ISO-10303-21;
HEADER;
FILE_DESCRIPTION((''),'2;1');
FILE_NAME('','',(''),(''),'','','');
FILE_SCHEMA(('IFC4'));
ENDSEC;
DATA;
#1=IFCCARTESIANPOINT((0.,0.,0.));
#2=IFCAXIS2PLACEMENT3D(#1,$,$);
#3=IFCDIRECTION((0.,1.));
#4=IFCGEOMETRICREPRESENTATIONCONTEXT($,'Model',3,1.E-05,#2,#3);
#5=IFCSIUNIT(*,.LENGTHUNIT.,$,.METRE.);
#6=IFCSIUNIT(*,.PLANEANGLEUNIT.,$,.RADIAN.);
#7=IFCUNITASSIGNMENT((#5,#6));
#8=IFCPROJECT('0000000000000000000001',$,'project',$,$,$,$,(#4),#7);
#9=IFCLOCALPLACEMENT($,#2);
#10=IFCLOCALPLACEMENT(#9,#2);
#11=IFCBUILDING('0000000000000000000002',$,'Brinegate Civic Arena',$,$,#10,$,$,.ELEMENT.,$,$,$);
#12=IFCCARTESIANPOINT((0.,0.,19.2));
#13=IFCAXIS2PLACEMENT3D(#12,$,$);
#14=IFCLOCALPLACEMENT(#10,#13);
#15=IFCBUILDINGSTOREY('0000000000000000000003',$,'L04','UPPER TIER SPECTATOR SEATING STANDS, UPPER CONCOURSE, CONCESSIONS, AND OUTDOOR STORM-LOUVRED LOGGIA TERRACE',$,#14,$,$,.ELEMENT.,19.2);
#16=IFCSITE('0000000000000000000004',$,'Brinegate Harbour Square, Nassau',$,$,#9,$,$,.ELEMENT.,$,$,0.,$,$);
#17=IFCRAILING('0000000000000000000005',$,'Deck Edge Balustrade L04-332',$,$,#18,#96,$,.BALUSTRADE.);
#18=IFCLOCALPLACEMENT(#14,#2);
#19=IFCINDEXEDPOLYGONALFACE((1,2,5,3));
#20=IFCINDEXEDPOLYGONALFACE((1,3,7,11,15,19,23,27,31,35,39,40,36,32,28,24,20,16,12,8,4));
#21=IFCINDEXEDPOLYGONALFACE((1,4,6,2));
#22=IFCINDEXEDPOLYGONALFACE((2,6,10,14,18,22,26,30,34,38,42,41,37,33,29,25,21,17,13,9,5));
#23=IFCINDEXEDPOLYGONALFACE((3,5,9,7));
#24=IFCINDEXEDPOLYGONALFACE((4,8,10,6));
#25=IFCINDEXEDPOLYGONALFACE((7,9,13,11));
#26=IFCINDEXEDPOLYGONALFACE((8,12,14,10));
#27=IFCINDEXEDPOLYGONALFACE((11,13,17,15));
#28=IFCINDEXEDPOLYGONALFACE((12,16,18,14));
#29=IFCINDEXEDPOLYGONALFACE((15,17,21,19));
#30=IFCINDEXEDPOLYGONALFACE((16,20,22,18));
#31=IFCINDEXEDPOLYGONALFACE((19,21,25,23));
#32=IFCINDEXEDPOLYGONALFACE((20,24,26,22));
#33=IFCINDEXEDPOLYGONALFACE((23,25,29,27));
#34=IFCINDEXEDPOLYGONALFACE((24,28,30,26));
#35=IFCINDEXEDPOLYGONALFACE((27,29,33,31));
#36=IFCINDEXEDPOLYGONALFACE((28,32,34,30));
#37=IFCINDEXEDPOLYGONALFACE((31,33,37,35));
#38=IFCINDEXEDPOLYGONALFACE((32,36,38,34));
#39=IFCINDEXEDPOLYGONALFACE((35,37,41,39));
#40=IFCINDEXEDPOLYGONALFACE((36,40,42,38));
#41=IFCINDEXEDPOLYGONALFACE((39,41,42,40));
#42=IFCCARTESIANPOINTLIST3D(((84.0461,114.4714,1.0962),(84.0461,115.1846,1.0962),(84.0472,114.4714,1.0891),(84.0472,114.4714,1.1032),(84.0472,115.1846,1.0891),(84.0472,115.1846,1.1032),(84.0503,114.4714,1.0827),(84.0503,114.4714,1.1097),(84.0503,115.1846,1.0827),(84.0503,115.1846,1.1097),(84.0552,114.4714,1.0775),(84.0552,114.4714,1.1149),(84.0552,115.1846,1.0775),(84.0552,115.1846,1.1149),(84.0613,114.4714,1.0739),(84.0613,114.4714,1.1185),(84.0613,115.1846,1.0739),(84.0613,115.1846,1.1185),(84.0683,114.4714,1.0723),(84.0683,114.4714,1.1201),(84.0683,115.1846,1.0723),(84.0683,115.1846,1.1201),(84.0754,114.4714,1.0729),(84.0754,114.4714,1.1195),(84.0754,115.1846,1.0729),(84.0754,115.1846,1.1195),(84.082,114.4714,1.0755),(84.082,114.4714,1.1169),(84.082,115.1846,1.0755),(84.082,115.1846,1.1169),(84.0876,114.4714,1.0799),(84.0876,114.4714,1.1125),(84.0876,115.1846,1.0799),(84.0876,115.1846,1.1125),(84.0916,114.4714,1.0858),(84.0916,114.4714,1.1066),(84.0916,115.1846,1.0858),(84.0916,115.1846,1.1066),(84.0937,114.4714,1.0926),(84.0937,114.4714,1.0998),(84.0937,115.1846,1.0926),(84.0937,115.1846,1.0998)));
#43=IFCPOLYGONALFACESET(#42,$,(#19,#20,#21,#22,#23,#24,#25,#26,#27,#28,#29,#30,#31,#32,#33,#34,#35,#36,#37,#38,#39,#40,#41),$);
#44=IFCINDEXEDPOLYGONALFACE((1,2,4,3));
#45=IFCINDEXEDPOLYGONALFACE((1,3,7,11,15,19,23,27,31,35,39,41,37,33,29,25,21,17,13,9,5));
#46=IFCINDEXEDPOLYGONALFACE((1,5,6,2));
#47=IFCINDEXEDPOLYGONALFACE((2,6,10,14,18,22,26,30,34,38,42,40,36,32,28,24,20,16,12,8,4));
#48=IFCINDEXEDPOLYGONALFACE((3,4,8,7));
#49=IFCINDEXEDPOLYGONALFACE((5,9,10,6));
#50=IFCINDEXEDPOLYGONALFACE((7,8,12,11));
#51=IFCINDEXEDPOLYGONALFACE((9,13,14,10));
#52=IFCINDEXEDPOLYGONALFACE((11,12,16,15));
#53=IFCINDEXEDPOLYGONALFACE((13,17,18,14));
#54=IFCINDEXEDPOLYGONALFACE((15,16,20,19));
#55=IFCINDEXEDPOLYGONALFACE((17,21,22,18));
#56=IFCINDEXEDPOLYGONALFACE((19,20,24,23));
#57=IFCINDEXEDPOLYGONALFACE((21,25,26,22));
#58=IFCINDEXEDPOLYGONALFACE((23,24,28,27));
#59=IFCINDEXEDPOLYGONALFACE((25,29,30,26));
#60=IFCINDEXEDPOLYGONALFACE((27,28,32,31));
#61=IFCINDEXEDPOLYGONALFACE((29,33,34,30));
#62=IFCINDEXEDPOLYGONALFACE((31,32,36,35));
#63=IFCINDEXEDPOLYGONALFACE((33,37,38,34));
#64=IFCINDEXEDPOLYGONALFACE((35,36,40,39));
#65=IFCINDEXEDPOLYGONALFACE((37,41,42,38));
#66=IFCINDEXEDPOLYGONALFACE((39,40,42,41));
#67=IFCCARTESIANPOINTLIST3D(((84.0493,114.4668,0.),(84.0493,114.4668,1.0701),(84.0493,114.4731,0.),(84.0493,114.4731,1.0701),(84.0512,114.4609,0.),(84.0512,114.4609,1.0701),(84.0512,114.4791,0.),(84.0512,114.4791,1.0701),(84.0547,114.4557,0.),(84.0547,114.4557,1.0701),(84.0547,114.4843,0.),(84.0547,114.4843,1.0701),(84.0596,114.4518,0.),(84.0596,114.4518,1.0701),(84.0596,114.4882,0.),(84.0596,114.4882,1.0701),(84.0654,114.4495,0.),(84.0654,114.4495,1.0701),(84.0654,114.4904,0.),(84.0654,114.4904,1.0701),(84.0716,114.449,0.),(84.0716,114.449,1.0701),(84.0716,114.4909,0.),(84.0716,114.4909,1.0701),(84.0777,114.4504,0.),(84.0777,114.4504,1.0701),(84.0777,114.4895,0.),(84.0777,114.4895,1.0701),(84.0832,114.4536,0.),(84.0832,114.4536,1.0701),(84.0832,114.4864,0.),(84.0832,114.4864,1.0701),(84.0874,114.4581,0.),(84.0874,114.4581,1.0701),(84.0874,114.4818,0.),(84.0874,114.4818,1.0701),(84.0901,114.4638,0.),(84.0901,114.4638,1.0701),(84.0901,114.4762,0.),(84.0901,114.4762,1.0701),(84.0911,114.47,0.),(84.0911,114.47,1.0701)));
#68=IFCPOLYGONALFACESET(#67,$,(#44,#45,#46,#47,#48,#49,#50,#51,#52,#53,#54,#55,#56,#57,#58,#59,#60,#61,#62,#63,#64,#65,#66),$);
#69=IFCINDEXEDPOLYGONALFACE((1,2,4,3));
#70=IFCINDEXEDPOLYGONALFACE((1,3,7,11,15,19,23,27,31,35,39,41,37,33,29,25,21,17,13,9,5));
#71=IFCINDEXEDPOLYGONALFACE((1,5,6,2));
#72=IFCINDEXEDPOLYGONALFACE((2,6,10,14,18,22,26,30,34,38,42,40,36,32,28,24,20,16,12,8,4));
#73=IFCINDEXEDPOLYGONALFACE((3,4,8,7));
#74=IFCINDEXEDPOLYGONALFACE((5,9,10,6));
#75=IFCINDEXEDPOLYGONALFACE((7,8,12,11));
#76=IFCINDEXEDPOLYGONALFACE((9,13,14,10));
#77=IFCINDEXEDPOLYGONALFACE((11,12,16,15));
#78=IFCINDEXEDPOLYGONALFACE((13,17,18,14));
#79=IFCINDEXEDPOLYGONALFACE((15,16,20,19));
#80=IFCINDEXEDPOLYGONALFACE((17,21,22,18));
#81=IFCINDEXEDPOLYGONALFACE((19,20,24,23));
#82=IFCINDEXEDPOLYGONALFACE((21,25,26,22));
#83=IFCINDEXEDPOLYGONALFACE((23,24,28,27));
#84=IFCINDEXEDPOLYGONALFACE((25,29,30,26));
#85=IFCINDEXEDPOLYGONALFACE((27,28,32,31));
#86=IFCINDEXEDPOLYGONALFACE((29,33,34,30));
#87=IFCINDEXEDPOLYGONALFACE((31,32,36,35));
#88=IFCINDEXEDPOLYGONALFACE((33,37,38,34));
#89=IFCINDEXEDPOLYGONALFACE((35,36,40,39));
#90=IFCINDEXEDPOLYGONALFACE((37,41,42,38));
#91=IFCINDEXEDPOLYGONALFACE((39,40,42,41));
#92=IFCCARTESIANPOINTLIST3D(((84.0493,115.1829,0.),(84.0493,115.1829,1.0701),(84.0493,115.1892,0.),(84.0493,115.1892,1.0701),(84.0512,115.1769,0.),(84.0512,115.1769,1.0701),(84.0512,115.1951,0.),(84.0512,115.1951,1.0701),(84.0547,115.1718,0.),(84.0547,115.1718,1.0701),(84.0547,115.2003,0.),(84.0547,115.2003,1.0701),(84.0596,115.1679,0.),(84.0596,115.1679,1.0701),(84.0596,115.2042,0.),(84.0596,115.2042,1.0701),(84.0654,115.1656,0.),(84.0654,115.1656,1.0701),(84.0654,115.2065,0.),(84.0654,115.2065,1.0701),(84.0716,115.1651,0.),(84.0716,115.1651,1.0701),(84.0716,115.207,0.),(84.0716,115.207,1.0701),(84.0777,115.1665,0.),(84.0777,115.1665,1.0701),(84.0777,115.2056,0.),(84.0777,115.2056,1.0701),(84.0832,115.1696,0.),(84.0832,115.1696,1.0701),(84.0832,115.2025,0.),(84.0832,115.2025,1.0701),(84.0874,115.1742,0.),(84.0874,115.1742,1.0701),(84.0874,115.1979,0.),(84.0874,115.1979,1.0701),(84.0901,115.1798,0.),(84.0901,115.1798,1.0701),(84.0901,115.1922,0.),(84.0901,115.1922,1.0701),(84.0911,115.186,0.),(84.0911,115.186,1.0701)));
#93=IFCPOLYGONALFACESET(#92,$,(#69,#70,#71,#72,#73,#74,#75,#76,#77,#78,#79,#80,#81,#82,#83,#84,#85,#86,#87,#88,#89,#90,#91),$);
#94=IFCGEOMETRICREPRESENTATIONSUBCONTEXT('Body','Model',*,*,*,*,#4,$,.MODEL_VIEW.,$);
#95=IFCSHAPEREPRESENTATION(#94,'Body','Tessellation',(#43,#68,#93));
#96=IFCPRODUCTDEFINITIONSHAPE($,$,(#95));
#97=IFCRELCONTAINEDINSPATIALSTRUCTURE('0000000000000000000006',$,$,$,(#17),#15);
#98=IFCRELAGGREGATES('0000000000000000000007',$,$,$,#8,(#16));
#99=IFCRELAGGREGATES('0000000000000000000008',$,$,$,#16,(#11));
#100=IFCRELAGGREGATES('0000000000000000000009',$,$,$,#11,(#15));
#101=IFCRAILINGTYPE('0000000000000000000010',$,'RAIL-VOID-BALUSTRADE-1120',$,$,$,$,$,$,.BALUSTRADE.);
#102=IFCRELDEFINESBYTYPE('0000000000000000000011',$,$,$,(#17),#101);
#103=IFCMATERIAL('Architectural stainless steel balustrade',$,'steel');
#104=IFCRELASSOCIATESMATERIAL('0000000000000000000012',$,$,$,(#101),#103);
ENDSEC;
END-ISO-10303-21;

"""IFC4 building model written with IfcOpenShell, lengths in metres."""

from ifc_helpers import new_model, si_unit, direction, frame, origin, origin_2d, place, context, subcontext, project, spatial, circle, extrude, material, type_object, element, save


model = new_model("IFC4")

# Units and contexts
model_context = context("Model", 3, precision=1e-05, world=origin(), true_north=direction((0.0, 1.0)))
body_context = subcontext(model_context, "Body", "Model", "MODEL_VIEW")
ifc_project = project(units=[si_unit("LENGTHUNIT", "METRE"), si_unit("PLANEANGLEUNIT", "RADIAN")], contexts=[model_context])

# Site, building, storey
site_placement = place(None, origin())
site = spatial("IfcSite", under=ifc_project, at=site_placement, Name="Brinegate Harbour Square, Nassau", CompositionType="ELEMENT", RefElevation=0.0)
building_placement = place(site_placement, origin())
building = spatial("IfcBuilding", under=site, at=building_placement, Name="Brinegate Civic Arena", CompositionType="ELEMENT")
storey_placement = place(building_placement, frame((0.0, 0.0, 19.2)))
storey = spatial("IfcBuildingStorey", under=building, at=storey_placement, Name="L04", Description="UPPER TIER SPECTATOR SEATING STANDS, UPPER CONCOURSE, CONCESSIONS, AND OUTDOOR STORM-LOUVRED LOGGIA TERRACE", CompositionType="ELEMENT", Elevation=19.2)

# Railing
ifc_material_1 = material(Name="Architectural stainless steel balustrade", Category="steel")
railing_type = type_object("IfcRailingType", Name="RAIL-VOID-BALUSTRADE-1120", PredefinedType="BALUSTRADE", material=ifc_material_1)
railing_placement = place(storey_placement, frame((84.0701, 114.47, 0.0)))
element("IfcRailing", 1, at=railing_placement, inside=storey, type_object=railing_type, Name="Deck Edge Balustrade L04-332", PredefinedType="BALUSTRADE", context=body_context, shape_type="SweptSolid", body=[
    extrude(circle(Radius=0.0239, at=origin_2d()), frame((0.0, 0.0015, 1.0962), z_axis=(0.0, 1.0, 0.0), x_axis=(-1.0, 0.0, 0.0)), (0.0, 0.0, 1.0), 0.7131),
    extrude(circle(Radius=0.021, at=origin_2d()), origin(), (0.0, 0.0, 1.0), 1.0701),
    extrude(circle(Radius=0.021, at=origin_2d()), frame((0.0, 0.7161, 0.0)), (0.0, 0.0, 1.0), 1.0701),
])

save(model, "model.ifc")
